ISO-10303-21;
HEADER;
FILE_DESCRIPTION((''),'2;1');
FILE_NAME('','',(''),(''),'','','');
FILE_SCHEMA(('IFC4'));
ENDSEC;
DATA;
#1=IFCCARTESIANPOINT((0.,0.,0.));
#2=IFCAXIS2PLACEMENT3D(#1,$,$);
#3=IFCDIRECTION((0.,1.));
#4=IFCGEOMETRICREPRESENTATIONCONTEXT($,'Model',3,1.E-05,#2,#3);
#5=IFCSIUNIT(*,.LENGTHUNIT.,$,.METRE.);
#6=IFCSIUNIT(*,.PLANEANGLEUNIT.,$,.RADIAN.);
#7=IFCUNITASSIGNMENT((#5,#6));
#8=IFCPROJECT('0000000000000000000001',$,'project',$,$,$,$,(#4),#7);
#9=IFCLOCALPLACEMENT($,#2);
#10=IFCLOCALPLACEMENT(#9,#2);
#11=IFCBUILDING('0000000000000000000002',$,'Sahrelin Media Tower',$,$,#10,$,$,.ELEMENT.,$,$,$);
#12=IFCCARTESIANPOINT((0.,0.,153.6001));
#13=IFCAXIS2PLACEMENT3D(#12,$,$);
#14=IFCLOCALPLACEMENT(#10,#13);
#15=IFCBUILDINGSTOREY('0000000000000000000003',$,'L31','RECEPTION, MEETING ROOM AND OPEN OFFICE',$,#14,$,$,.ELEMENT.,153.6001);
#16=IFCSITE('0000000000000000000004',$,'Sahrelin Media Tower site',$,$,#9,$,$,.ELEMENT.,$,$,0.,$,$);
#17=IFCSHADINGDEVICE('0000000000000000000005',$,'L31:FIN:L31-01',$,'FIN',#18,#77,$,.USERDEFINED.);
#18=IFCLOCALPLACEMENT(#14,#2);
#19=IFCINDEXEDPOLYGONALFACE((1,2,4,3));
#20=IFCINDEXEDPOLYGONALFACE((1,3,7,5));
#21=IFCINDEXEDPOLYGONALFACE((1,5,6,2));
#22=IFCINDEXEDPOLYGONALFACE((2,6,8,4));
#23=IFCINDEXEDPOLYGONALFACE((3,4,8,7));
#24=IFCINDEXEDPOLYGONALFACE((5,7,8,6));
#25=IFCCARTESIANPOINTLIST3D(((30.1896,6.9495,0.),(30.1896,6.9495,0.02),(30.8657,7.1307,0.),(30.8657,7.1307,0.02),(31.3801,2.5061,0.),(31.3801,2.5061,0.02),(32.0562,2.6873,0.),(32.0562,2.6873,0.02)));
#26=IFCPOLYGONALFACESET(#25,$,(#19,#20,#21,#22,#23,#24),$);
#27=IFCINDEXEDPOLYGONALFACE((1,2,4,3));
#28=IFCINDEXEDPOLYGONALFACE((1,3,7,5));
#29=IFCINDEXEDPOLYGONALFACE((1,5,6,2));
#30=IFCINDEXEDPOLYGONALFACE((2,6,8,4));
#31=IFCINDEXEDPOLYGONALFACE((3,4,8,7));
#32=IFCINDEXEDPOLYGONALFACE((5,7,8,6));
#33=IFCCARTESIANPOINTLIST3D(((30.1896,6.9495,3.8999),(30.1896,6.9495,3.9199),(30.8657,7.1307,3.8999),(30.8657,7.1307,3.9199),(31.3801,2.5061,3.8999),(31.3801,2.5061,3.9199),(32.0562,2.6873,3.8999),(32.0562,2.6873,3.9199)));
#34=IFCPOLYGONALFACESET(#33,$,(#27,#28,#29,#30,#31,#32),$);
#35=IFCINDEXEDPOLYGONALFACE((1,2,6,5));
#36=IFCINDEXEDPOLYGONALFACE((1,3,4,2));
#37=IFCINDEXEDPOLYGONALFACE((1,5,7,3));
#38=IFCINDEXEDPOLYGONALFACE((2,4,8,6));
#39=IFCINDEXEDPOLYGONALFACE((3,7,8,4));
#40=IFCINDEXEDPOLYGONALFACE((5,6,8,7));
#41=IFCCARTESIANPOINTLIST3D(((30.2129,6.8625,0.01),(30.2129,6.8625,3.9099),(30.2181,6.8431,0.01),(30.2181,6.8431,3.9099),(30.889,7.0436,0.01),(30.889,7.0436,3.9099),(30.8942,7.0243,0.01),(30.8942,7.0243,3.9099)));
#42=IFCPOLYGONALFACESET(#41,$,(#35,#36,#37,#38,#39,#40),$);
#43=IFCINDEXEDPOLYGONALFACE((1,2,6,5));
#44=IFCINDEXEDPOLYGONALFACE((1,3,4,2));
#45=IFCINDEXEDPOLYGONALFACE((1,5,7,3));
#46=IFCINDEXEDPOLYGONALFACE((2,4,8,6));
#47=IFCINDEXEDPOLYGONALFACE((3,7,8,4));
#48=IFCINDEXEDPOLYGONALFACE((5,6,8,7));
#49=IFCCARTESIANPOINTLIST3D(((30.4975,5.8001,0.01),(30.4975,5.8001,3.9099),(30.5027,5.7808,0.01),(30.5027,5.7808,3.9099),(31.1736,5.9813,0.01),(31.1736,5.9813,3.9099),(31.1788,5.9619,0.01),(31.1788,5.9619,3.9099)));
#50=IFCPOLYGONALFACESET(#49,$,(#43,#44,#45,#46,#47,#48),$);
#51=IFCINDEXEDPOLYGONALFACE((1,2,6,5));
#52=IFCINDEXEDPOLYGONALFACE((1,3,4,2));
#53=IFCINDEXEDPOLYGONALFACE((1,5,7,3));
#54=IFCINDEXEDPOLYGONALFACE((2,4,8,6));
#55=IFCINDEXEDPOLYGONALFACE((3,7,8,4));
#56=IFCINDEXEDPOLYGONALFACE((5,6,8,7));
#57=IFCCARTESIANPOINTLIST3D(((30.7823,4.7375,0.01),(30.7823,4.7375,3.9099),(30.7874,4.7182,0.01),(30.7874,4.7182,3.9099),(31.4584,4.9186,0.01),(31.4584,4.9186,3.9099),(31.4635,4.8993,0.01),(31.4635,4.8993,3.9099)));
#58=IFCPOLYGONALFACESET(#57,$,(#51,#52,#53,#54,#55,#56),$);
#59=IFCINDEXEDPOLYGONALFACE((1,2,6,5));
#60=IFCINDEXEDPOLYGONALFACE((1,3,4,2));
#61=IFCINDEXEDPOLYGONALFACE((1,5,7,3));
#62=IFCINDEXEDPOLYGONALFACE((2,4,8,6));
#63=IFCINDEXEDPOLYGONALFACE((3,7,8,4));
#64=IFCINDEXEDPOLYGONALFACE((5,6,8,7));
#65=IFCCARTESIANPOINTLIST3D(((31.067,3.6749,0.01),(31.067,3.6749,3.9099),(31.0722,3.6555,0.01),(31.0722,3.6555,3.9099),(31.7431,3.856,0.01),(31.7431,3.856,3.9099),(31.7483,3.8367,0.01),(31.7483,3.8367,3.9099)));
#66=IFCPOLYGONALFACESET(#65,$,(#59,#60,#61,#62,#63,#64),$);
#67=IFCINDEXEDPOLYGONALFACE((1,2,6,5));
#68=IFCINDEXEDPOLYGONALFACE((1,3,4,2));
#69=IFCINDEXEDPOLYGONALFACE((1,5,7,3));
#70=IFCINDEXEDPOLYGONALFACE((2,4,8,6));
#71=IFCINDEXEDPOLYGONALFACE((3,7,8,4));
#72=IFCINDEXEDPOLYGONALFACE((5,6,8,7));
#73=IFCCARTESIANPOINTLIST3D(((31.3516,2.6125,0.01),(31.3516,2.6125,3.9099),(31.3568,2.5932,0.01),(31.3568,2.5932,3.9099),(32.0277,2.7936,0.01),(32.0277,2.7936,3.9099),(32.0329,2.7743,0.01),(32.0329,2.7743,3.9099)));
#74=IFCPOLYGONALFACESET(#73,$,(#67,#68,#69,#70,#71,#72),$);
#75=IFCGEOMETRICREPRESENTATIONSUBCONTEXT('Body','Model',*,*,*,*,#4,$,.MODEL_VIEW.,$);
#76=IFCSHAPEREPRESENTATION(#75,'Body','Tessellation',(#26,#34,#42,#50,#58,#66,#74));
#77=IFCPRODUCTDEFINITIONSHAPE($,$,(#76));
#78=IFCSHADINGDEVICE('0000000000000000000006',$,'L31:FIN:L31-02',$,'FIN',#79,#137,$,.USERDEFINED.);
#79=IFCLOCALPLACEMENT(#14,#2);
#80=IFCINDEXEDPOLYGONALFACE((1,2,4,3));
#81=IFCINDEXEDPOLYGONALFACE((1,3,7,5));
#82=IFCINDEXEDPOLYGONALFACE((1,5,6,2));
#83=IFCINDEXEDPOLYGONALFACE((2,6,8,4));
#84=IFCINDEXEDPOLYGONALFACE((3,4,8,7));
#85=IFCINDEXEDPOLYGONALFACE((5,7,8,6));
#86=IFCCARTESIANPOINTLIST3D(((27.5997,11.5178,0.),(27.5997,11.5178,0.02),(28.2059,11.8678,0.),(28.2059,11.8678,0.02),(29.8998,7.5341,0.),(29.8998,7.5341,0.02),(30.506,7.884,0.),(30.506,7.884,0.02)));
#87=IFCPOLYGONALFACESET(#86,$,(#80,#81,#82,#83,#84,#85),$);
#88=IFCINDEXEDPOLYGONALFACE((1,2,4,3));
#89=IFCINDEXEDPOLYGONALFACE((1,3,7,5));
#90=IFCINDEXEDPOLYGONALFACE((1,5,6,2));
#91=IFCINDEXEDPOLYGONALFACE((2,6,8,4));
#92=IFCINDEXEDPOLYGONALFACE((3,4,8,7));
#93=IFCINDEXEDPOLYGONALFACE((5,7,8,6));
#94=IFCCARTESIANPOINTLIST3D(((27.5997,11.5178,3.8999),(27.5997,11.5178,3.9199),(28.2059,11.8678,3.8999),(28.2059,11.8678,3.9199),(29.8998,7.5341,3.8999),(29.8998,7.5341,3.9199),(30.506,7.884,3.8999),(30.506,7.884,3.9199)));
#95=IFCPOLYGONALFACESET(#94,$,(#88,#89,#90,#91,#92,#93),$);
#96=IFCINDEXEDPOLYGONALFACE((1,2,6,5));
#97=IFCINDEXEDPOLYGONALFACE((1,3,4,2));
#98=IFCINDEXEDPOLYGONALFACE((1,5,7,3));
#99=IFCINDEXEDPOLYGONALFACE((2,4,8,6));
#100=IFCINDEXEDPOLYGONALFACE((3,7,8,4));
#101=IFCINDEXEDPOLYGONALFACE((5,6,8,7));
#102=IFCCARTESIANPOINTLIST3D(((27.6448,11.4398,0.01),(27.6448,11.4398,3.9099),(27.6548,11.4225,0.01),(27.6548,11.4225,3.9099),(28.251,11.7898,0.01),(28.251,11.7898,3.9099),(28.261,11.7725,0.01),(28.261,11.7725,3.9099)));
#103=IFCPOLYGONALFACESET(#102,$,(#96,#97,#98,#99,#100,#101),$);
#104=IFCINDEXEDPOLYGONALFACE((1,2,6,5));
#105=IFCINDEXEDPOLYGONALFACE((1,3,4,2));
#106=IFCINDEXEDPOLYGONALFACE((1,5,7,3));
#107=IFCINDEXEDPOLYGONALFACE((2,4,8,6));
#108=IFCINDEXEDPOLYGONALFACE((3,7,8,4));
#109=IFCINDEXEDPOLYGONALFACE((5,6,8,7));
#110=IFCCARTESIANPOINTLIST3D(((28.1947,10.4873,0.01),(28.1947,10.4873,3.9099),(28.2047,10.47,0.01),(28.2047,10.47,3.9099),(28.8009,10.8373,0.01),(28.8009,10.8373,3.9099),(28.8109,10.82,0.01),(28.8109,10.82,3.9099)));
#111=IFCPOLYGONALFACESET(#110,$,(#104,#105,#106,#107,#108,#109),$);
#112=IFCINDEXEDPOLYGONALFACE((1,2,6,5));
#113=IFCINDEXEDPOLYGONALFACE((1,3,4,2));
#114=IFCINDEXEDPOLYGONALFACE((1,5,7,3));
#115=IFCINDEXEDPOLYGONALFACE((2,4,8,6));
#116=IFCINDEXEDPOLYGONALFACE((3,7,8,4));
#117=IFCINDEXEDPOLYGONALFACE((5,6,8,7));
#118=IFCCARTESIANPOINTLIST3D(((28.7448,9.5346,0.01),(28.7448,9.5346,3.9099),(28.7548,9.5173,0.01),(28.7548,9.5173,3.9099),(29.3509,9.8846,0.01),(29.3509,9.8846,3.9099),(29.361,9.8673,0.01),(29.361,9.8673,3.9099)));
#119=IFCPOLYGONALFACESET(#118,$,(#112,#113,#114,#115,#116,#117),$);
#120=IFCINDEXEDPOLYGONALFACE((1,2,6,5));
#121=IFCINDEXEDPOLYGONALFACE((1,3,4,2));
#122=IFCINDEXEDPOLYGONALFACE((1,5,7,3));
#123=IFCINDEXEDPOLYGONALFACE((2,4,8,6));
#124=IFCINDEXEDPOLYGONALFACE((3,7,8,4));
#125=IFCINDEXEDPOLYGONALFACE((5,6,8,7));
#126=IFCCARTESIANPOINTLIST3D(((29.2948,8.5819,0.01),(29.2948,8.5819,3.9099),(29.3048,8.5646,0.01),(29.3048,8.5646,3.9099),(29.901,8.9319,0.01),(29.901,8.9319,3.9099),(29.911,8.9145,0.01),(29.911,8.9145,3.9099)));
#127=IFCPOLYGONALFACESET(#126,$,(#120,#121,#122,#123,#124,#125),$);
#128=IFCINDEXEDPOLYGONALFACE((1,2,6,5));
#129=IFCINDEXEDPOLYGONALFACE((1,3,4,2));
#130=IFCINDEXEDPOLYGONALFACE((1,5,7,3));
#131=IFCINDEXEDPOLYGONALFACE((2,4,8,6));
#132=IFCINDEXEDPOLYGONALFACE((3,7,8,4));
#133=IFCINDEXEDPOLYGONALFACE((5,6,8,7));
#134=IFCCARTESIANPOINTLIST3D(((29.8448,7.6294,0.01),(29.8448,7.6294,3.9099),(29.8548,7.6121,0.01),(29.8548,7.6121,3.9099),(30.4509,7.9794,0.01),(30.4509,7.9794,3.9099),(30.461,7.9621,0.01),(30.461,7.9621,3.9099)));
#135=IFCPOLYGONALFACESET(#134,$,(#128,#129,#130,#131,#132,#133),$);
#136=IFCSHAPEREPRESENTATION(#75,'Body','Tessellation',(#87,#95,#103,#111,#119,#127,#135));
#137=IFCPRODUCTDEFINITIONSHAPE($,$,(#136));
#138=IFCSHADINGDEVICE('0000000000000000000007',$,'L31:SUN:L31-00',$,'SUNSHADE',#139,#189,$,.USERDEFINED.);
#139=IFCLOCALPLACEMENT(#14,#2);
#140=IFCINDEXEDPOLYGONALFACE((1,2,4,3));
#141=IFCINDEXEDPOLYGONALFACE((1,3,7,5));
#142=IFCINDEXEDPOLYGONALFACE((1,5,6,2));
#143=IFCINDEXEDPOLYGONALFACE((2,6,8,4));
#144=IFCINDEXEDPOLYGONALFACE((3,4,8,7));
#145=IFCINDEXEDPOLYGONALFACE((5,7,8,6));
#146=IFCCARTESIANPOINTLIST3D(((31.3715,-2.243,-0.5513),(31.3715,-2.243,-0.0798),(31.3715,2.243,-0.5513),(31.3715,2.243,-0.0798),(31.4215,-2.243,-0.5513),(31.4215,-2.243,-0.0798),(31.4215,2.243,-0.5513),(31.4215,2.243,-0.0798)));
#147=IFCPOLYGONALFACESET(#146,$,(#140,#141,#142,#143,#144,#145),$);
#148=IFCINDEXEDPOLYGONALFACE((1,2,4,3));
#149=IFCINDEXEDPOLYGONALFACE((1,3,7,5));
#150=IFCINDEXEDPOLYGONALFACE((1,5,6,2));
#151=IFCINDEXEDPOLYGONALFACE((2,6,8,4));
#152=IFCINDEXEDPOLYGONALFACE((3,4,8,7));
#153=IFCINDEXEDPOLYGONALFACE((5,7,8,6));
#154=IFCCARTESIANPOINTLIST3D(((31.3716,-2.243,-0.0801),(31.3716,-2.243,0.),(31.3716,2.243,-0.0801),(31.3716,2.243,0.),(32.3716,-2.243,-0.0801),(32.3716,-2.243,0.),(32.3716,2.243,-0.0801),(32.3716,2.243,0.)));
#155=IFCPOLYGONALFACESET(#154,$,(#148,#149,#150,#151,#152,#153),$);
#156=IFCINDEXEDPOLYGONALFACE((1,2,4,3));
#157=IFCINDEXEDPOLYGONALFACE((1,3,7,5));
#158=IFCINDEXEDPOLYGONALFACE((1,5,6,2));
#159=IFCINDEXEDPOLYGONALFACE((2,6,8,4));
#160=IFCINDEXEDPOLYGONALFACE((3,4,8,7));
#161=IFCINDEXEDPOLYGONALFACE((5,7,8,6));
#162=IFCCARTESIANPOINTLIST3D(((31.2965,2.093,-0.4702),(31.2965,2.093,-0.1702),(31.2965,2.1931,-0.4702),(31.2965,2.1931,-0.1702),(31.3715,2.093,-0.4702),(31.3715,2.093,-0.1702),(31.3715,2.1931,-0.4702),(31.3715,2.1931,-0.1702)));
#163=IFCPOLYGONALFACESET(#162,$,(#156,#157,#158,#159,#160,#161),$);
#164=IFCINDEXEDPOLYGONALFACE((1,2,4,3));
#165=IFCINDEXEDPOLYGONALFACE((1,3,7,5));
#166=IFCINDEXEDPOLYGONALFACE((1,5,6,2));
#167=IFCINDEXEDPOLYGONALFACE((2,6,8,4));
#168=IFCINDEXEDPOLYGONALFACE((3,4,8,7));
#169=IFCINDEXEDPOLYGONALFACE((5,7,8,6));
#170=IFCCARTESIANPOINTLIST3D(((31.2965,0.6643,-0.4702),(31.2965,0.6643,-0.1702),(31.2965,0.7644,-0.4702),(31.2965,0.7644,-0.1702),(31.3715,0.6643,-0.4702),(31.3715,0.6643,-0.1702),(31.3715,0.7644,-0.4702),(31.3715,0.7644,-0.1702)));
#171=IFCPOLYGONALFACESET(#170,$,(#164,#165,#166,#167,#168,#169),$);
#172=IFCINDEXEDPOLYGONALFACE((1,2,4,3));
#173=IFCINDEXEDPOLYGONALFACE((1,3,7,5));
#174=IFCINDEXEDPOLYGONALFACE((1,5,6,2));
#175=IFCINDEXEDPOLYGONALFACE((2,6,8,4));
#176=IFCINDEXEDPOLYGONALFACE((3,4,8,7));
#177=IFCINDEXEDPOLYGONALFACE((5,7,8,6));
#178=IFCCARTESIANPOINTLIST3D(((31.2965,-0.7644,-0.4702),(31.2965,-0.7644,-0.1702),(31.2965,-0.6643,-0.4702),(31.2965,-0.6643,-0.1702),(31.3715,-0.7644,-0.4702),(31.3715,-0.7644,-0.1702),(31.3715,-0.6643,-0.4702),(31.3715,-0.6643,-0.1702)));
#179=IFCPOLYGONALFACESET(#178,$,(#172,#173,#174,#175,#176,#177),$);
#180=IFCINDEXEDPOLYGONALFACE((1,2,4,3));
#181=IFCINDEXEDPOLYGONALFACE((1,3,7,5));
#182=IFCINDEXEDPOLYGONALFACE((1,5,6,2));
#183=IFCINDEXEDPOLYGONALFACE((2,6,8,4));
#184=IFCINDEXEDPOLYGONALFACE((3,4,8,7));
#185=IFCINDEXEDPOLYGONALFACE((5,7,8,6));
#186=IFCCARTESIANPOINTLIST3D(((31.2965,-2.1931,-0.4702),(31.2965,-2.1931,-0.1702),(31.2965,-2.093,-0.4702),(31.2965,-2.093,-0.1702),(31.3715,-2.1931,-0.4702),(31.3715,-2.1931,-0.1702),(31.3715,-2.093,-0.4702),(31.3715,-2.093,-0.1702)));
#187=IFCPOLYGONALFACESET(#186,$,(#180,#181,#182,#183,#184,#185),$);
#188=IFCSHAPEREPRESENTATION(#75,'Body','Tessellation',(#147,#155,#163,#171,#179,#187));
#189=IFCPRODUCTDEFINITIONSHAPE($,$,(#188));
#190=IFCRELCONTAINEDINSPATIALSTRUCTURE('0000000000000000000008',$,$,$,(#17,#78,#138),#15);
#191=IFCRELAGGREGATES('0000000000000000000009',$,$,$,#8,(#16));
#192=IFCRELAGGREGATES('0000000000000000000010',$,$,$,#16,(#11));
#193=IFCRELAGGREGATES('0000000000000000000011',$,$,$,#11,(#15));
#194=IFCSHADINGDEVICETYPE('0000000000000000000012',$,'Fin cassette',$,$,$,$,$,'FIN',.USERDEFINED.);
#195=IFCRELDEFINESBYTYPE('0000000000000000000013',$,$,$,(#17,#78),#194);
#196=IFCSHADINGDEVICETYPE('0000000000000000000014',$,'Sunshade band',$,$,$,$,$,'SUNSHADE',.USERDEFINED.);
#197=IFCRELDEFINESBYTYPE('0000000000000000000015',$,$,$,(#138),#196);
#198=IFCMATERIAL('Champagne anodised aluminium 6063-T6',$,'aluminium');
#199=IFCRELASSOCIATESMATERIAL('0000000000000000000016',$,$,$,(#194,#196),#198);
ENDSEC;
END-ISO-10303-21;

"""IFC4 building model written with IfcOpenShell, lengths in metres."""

from ifc_helpers import new_model, si_unit, direction, frame, origin, origin_2d, place, context, subcontext, project, spatial, rectangle, extrude, material, type_object, element, save


model = new_model("IFC4")

# Units and contexts
model_context = context("Model", 3, precision=1e-05, world=origin(), true_north=direction((0.0, 1.0)))
body_context = subcontext(model_context, "Body", "Model", "MODEL_VIEW")
ifc_project = project(units=[si_unit("LENGTHUNIT", "METRE"), si_unit("PLANEANGLEUNIT", "RADIAN")], contexts=[model_context])

# Site, building, storey
site_placement = place(None, origin())
site = spatial("IfcSite", under=ifc_project, at=site_placement, Name="Sahrelin Media Tower site", CompositionType="ELEMENT", RefElevation=0.0)
building_placement = place(site_placement, origin())
building = spatial("IfcBuilding", under=site, at=building_placement, Name="Sahrelin Media Tower", CompositionType="ELEMENT")
storey_placement = place(building_placement, frame((0.0, 0.0, 153.6001)))
storey = spatial("IfcBuildingStorey", under=building, at=storey_placement, Name="L31", Description="RECEPTION, MEETING ROOM AND OPEN OFFICE", CompositionType="ELEMENT", Elevation=153.6001)

# Shared definitions
ifc_material_1 = material(Name="Champagne anodised aluminium 6063-T6", Category="aluminium")

# Shading devices
shading_device_type_1 = type_object("IfcShadingDeviceType", Name="Fin cassette", ElementType="FIN", PredefinedType="USERDEFINED", material=ifc_material_1)
placement_1 = place(storey_placement, frame((31.3516, 0.0, 0.0), z_axis=(0.0, 0.0, 1.0), x_axis=(0.0, -1.0, 0.0)))
placement_2 = place(storey_placement, frame((30.7173, 4.7097, 0.0), z_axis=(0.0, 0.0, 1.0), x_axis=(0.258808, -0.965929, 0.0)))
element("IfcShadingDevice", 1, at=placement_2, inside=storey, type_object=shading_device_type_1, Name="L31:FIN:L31-01", ObjectType="FIN", PredefinedType="USERDEFINED", context=body_context, shape_type="SweptSolid", body=[
    extrude(rectangle(XDim=4.6001, YDim=0.7, at=origin_2d()), frame((0.0, 0.4199, 0.0)), (0.0, 0.0, 1.0), 0.02),
    extrude(rectangle(XDim=4.6001, YDim=0.7, at=origin_2d()), frame((0.0, 0.4199, 3.8999)), (0.0, 0.0, 1.0), 0.02),
    extrude(rectangle(XDim=0.02, YDim=0.7, at=origin_2d()), frame((-2.2, 0.4199, 0.01), z_axis=(0.0, 0.0, 1.0), x_axis=(1.0, 0.0, 0.0)), (0.0, 0.0, 1.0), 3.8999),
    extrude(rectangle(XDim=0.02, YDim=0.7, at=origin_2d()), frame((-1.1001, 0.4199, 0.01), z_axis=(0.0, 0.0, 1.0), x_axis=(1.0, 0.0, 0.0)), (0.0, 0.0, 1.0), 3.8999),
    extrude(rectangle(XDim=0.02, YDim=0.7, at=origin_2d()), frame((0.0, 0.4199, 0.01), z_axis=(0.0, 0.0, 1.0), x_axis=(1.0, 0.0, 0.0)), (0.0, 0.0, 1.0), 3.8999),
    extrude(rectangle(XDim=0.02, YDim=0.7, at=origin_2d()), frame((1.1001, 0.4199, 0.01), z_axis=(0.0, 0.0, 1.0), x_axis=(1.0, 0.0, 0.0)), (0.0, 0.0, 1.0), 3.8999),
    extrude(rectangle(XDim=0.02, YDim=0.7, at=origin_2d()), frame((2.2, 0.4199, 0.01), z_axis=(0.0, 0.0, 1.0), x_axis=(1.0, 0.0, 0.0)), (0.0, 0.0, 1.0), 3.8999),
])
placement_3 = place(storey_placement, frame((28.6892, 9.491, 0.0), z_axis=(0.0, 0.0, 1.0), x_axis=(0.500011, -0.866019, 0.0)))
element("IfcShadingDevice", 2, at=placement_3, inside=storey, type_object=shading_device_type_1, Name="L31:FIN:L31-02", ObjectType="FIN", PredefinedType="USERDEFINED", context=body_context, shape_type="SweptSolid", body=[
    extrude(rectangle(XDim=4.6001, YDim=0.7, at=origin_2d()), frame((0.0, 0.4199, 0.0)), (0.0, 0.0, 1.0), 0.02),
    extrude(rectangle(XDim=4.6001, YDim=0.7, at=origin_2d()), frame((0.0, 0.4199, 3.8999)), (0.0, 0.0, 1.0), 0.02),
    extrude(rectangle(XDim=0.02, YDim=0.7, at=origin_2d()), frame((-2.2, 0.4199, 0.01), z_axis=(0.0, 0.0, 1.0), x_axis=(1.0, 0.0, 0.0)), (0.0, 0.0, 1.0), 3.8999),
    extrude(rectangle(XDim=0.02, YDim=0.7, at=origin_2d()), frame((-1.1001, 0.4199, 0.01), z_axis=(0.0, 0.0, 1.0), x_axis=(1.0, 0.0, 0.0)), (0.0, 0.0, 1.0), 3.8999),
    extrude(rectangle(XDim=0.02, YDim=0.7, at=origin_2d()), frame((0.0, 0.4199, 0.01), z_axis=(0.0, 0.0, 1.0), x_axis=(1.0, 0.0, 0.0)), (0.0, 0.0, 1.0), 3.8999),
    extrude(rectangle(XDim=0.02, YDim=0.7, at=origin_2d()), frame((1.1001, 0.4199, 0.01), z_axis=(0.0, 0.0, 1.0), x_axis=(1.0, 0.0, 0.0)), (0.0, 0.0, 1.0), 3.8999),
    extrude(rectangle(XDim=0.02, YDim=0.7, at=origin_2d()), frame((2.2, 0.4199, 0.01), z_axis=(0.0, 0.0, 1.0), x_axis=(1.0, 0.0, 0.0)), (0.0, 0.0, 1.0), 3.8999),
])
shading_device_type_2 = type_object("IfcShadingDeviceType", Name="Sunshade band", ElementType="SUNSHADE", PredefinedType="USERDEFINED", material=ifc_material_1)
element("IfcShadingDevice", 3, at=placement_1, inside=storey, type_object=shading_device_type_2, Name="L31:SUN:L31-00", ObjectType="SUNSHADE", PredefinedType="USERDEFINED", context=body_context, shape_type="SweptSolid", body=[
    extrude(rectangle(XDim=4.4861, YDim=0.05, at=origin_2d()), frame((0.0, 0.0449, -0.5513)), (0.0, 0.0, 1.0), 0.4714),
    extrude(rectangle(XDim=4.4861, YDim=1.0, at=origin_2d()), frame((0.0, 0.52, -0.0801)), (0.0, 0.0, 1.0), 0.0801),
    extrude(rectangle(XDim=0.1001, YDim=0.075, at=origin_2d()), frame((-2.1431, -0.0176, -0.4702)), (0.0, 0.0, 1.0), 0.3),
    extrude(rectangle(XDim=0.1001, YDim=0.075, at=origin_2d()), frame((-0.7144, -0.0176, -0.4702)), (0.0, 0.0, 1.0), 0.3),
    extrude(rectangle(XDim=0.1001, YDim=0.075, at=origin_2d()), frame((0.7144, -0.0176, -0.4702)), (0.0, 0.0, 1.0), 0.3),
    extrude(rectangle(XDim=0.1001, YDim=0.075, at=origin_2d()), frame((2.1431, -0.0176, -0.4702)), (0.0, 0.0, 1.0), 0.3),
])

save(model, "model.ifc")
